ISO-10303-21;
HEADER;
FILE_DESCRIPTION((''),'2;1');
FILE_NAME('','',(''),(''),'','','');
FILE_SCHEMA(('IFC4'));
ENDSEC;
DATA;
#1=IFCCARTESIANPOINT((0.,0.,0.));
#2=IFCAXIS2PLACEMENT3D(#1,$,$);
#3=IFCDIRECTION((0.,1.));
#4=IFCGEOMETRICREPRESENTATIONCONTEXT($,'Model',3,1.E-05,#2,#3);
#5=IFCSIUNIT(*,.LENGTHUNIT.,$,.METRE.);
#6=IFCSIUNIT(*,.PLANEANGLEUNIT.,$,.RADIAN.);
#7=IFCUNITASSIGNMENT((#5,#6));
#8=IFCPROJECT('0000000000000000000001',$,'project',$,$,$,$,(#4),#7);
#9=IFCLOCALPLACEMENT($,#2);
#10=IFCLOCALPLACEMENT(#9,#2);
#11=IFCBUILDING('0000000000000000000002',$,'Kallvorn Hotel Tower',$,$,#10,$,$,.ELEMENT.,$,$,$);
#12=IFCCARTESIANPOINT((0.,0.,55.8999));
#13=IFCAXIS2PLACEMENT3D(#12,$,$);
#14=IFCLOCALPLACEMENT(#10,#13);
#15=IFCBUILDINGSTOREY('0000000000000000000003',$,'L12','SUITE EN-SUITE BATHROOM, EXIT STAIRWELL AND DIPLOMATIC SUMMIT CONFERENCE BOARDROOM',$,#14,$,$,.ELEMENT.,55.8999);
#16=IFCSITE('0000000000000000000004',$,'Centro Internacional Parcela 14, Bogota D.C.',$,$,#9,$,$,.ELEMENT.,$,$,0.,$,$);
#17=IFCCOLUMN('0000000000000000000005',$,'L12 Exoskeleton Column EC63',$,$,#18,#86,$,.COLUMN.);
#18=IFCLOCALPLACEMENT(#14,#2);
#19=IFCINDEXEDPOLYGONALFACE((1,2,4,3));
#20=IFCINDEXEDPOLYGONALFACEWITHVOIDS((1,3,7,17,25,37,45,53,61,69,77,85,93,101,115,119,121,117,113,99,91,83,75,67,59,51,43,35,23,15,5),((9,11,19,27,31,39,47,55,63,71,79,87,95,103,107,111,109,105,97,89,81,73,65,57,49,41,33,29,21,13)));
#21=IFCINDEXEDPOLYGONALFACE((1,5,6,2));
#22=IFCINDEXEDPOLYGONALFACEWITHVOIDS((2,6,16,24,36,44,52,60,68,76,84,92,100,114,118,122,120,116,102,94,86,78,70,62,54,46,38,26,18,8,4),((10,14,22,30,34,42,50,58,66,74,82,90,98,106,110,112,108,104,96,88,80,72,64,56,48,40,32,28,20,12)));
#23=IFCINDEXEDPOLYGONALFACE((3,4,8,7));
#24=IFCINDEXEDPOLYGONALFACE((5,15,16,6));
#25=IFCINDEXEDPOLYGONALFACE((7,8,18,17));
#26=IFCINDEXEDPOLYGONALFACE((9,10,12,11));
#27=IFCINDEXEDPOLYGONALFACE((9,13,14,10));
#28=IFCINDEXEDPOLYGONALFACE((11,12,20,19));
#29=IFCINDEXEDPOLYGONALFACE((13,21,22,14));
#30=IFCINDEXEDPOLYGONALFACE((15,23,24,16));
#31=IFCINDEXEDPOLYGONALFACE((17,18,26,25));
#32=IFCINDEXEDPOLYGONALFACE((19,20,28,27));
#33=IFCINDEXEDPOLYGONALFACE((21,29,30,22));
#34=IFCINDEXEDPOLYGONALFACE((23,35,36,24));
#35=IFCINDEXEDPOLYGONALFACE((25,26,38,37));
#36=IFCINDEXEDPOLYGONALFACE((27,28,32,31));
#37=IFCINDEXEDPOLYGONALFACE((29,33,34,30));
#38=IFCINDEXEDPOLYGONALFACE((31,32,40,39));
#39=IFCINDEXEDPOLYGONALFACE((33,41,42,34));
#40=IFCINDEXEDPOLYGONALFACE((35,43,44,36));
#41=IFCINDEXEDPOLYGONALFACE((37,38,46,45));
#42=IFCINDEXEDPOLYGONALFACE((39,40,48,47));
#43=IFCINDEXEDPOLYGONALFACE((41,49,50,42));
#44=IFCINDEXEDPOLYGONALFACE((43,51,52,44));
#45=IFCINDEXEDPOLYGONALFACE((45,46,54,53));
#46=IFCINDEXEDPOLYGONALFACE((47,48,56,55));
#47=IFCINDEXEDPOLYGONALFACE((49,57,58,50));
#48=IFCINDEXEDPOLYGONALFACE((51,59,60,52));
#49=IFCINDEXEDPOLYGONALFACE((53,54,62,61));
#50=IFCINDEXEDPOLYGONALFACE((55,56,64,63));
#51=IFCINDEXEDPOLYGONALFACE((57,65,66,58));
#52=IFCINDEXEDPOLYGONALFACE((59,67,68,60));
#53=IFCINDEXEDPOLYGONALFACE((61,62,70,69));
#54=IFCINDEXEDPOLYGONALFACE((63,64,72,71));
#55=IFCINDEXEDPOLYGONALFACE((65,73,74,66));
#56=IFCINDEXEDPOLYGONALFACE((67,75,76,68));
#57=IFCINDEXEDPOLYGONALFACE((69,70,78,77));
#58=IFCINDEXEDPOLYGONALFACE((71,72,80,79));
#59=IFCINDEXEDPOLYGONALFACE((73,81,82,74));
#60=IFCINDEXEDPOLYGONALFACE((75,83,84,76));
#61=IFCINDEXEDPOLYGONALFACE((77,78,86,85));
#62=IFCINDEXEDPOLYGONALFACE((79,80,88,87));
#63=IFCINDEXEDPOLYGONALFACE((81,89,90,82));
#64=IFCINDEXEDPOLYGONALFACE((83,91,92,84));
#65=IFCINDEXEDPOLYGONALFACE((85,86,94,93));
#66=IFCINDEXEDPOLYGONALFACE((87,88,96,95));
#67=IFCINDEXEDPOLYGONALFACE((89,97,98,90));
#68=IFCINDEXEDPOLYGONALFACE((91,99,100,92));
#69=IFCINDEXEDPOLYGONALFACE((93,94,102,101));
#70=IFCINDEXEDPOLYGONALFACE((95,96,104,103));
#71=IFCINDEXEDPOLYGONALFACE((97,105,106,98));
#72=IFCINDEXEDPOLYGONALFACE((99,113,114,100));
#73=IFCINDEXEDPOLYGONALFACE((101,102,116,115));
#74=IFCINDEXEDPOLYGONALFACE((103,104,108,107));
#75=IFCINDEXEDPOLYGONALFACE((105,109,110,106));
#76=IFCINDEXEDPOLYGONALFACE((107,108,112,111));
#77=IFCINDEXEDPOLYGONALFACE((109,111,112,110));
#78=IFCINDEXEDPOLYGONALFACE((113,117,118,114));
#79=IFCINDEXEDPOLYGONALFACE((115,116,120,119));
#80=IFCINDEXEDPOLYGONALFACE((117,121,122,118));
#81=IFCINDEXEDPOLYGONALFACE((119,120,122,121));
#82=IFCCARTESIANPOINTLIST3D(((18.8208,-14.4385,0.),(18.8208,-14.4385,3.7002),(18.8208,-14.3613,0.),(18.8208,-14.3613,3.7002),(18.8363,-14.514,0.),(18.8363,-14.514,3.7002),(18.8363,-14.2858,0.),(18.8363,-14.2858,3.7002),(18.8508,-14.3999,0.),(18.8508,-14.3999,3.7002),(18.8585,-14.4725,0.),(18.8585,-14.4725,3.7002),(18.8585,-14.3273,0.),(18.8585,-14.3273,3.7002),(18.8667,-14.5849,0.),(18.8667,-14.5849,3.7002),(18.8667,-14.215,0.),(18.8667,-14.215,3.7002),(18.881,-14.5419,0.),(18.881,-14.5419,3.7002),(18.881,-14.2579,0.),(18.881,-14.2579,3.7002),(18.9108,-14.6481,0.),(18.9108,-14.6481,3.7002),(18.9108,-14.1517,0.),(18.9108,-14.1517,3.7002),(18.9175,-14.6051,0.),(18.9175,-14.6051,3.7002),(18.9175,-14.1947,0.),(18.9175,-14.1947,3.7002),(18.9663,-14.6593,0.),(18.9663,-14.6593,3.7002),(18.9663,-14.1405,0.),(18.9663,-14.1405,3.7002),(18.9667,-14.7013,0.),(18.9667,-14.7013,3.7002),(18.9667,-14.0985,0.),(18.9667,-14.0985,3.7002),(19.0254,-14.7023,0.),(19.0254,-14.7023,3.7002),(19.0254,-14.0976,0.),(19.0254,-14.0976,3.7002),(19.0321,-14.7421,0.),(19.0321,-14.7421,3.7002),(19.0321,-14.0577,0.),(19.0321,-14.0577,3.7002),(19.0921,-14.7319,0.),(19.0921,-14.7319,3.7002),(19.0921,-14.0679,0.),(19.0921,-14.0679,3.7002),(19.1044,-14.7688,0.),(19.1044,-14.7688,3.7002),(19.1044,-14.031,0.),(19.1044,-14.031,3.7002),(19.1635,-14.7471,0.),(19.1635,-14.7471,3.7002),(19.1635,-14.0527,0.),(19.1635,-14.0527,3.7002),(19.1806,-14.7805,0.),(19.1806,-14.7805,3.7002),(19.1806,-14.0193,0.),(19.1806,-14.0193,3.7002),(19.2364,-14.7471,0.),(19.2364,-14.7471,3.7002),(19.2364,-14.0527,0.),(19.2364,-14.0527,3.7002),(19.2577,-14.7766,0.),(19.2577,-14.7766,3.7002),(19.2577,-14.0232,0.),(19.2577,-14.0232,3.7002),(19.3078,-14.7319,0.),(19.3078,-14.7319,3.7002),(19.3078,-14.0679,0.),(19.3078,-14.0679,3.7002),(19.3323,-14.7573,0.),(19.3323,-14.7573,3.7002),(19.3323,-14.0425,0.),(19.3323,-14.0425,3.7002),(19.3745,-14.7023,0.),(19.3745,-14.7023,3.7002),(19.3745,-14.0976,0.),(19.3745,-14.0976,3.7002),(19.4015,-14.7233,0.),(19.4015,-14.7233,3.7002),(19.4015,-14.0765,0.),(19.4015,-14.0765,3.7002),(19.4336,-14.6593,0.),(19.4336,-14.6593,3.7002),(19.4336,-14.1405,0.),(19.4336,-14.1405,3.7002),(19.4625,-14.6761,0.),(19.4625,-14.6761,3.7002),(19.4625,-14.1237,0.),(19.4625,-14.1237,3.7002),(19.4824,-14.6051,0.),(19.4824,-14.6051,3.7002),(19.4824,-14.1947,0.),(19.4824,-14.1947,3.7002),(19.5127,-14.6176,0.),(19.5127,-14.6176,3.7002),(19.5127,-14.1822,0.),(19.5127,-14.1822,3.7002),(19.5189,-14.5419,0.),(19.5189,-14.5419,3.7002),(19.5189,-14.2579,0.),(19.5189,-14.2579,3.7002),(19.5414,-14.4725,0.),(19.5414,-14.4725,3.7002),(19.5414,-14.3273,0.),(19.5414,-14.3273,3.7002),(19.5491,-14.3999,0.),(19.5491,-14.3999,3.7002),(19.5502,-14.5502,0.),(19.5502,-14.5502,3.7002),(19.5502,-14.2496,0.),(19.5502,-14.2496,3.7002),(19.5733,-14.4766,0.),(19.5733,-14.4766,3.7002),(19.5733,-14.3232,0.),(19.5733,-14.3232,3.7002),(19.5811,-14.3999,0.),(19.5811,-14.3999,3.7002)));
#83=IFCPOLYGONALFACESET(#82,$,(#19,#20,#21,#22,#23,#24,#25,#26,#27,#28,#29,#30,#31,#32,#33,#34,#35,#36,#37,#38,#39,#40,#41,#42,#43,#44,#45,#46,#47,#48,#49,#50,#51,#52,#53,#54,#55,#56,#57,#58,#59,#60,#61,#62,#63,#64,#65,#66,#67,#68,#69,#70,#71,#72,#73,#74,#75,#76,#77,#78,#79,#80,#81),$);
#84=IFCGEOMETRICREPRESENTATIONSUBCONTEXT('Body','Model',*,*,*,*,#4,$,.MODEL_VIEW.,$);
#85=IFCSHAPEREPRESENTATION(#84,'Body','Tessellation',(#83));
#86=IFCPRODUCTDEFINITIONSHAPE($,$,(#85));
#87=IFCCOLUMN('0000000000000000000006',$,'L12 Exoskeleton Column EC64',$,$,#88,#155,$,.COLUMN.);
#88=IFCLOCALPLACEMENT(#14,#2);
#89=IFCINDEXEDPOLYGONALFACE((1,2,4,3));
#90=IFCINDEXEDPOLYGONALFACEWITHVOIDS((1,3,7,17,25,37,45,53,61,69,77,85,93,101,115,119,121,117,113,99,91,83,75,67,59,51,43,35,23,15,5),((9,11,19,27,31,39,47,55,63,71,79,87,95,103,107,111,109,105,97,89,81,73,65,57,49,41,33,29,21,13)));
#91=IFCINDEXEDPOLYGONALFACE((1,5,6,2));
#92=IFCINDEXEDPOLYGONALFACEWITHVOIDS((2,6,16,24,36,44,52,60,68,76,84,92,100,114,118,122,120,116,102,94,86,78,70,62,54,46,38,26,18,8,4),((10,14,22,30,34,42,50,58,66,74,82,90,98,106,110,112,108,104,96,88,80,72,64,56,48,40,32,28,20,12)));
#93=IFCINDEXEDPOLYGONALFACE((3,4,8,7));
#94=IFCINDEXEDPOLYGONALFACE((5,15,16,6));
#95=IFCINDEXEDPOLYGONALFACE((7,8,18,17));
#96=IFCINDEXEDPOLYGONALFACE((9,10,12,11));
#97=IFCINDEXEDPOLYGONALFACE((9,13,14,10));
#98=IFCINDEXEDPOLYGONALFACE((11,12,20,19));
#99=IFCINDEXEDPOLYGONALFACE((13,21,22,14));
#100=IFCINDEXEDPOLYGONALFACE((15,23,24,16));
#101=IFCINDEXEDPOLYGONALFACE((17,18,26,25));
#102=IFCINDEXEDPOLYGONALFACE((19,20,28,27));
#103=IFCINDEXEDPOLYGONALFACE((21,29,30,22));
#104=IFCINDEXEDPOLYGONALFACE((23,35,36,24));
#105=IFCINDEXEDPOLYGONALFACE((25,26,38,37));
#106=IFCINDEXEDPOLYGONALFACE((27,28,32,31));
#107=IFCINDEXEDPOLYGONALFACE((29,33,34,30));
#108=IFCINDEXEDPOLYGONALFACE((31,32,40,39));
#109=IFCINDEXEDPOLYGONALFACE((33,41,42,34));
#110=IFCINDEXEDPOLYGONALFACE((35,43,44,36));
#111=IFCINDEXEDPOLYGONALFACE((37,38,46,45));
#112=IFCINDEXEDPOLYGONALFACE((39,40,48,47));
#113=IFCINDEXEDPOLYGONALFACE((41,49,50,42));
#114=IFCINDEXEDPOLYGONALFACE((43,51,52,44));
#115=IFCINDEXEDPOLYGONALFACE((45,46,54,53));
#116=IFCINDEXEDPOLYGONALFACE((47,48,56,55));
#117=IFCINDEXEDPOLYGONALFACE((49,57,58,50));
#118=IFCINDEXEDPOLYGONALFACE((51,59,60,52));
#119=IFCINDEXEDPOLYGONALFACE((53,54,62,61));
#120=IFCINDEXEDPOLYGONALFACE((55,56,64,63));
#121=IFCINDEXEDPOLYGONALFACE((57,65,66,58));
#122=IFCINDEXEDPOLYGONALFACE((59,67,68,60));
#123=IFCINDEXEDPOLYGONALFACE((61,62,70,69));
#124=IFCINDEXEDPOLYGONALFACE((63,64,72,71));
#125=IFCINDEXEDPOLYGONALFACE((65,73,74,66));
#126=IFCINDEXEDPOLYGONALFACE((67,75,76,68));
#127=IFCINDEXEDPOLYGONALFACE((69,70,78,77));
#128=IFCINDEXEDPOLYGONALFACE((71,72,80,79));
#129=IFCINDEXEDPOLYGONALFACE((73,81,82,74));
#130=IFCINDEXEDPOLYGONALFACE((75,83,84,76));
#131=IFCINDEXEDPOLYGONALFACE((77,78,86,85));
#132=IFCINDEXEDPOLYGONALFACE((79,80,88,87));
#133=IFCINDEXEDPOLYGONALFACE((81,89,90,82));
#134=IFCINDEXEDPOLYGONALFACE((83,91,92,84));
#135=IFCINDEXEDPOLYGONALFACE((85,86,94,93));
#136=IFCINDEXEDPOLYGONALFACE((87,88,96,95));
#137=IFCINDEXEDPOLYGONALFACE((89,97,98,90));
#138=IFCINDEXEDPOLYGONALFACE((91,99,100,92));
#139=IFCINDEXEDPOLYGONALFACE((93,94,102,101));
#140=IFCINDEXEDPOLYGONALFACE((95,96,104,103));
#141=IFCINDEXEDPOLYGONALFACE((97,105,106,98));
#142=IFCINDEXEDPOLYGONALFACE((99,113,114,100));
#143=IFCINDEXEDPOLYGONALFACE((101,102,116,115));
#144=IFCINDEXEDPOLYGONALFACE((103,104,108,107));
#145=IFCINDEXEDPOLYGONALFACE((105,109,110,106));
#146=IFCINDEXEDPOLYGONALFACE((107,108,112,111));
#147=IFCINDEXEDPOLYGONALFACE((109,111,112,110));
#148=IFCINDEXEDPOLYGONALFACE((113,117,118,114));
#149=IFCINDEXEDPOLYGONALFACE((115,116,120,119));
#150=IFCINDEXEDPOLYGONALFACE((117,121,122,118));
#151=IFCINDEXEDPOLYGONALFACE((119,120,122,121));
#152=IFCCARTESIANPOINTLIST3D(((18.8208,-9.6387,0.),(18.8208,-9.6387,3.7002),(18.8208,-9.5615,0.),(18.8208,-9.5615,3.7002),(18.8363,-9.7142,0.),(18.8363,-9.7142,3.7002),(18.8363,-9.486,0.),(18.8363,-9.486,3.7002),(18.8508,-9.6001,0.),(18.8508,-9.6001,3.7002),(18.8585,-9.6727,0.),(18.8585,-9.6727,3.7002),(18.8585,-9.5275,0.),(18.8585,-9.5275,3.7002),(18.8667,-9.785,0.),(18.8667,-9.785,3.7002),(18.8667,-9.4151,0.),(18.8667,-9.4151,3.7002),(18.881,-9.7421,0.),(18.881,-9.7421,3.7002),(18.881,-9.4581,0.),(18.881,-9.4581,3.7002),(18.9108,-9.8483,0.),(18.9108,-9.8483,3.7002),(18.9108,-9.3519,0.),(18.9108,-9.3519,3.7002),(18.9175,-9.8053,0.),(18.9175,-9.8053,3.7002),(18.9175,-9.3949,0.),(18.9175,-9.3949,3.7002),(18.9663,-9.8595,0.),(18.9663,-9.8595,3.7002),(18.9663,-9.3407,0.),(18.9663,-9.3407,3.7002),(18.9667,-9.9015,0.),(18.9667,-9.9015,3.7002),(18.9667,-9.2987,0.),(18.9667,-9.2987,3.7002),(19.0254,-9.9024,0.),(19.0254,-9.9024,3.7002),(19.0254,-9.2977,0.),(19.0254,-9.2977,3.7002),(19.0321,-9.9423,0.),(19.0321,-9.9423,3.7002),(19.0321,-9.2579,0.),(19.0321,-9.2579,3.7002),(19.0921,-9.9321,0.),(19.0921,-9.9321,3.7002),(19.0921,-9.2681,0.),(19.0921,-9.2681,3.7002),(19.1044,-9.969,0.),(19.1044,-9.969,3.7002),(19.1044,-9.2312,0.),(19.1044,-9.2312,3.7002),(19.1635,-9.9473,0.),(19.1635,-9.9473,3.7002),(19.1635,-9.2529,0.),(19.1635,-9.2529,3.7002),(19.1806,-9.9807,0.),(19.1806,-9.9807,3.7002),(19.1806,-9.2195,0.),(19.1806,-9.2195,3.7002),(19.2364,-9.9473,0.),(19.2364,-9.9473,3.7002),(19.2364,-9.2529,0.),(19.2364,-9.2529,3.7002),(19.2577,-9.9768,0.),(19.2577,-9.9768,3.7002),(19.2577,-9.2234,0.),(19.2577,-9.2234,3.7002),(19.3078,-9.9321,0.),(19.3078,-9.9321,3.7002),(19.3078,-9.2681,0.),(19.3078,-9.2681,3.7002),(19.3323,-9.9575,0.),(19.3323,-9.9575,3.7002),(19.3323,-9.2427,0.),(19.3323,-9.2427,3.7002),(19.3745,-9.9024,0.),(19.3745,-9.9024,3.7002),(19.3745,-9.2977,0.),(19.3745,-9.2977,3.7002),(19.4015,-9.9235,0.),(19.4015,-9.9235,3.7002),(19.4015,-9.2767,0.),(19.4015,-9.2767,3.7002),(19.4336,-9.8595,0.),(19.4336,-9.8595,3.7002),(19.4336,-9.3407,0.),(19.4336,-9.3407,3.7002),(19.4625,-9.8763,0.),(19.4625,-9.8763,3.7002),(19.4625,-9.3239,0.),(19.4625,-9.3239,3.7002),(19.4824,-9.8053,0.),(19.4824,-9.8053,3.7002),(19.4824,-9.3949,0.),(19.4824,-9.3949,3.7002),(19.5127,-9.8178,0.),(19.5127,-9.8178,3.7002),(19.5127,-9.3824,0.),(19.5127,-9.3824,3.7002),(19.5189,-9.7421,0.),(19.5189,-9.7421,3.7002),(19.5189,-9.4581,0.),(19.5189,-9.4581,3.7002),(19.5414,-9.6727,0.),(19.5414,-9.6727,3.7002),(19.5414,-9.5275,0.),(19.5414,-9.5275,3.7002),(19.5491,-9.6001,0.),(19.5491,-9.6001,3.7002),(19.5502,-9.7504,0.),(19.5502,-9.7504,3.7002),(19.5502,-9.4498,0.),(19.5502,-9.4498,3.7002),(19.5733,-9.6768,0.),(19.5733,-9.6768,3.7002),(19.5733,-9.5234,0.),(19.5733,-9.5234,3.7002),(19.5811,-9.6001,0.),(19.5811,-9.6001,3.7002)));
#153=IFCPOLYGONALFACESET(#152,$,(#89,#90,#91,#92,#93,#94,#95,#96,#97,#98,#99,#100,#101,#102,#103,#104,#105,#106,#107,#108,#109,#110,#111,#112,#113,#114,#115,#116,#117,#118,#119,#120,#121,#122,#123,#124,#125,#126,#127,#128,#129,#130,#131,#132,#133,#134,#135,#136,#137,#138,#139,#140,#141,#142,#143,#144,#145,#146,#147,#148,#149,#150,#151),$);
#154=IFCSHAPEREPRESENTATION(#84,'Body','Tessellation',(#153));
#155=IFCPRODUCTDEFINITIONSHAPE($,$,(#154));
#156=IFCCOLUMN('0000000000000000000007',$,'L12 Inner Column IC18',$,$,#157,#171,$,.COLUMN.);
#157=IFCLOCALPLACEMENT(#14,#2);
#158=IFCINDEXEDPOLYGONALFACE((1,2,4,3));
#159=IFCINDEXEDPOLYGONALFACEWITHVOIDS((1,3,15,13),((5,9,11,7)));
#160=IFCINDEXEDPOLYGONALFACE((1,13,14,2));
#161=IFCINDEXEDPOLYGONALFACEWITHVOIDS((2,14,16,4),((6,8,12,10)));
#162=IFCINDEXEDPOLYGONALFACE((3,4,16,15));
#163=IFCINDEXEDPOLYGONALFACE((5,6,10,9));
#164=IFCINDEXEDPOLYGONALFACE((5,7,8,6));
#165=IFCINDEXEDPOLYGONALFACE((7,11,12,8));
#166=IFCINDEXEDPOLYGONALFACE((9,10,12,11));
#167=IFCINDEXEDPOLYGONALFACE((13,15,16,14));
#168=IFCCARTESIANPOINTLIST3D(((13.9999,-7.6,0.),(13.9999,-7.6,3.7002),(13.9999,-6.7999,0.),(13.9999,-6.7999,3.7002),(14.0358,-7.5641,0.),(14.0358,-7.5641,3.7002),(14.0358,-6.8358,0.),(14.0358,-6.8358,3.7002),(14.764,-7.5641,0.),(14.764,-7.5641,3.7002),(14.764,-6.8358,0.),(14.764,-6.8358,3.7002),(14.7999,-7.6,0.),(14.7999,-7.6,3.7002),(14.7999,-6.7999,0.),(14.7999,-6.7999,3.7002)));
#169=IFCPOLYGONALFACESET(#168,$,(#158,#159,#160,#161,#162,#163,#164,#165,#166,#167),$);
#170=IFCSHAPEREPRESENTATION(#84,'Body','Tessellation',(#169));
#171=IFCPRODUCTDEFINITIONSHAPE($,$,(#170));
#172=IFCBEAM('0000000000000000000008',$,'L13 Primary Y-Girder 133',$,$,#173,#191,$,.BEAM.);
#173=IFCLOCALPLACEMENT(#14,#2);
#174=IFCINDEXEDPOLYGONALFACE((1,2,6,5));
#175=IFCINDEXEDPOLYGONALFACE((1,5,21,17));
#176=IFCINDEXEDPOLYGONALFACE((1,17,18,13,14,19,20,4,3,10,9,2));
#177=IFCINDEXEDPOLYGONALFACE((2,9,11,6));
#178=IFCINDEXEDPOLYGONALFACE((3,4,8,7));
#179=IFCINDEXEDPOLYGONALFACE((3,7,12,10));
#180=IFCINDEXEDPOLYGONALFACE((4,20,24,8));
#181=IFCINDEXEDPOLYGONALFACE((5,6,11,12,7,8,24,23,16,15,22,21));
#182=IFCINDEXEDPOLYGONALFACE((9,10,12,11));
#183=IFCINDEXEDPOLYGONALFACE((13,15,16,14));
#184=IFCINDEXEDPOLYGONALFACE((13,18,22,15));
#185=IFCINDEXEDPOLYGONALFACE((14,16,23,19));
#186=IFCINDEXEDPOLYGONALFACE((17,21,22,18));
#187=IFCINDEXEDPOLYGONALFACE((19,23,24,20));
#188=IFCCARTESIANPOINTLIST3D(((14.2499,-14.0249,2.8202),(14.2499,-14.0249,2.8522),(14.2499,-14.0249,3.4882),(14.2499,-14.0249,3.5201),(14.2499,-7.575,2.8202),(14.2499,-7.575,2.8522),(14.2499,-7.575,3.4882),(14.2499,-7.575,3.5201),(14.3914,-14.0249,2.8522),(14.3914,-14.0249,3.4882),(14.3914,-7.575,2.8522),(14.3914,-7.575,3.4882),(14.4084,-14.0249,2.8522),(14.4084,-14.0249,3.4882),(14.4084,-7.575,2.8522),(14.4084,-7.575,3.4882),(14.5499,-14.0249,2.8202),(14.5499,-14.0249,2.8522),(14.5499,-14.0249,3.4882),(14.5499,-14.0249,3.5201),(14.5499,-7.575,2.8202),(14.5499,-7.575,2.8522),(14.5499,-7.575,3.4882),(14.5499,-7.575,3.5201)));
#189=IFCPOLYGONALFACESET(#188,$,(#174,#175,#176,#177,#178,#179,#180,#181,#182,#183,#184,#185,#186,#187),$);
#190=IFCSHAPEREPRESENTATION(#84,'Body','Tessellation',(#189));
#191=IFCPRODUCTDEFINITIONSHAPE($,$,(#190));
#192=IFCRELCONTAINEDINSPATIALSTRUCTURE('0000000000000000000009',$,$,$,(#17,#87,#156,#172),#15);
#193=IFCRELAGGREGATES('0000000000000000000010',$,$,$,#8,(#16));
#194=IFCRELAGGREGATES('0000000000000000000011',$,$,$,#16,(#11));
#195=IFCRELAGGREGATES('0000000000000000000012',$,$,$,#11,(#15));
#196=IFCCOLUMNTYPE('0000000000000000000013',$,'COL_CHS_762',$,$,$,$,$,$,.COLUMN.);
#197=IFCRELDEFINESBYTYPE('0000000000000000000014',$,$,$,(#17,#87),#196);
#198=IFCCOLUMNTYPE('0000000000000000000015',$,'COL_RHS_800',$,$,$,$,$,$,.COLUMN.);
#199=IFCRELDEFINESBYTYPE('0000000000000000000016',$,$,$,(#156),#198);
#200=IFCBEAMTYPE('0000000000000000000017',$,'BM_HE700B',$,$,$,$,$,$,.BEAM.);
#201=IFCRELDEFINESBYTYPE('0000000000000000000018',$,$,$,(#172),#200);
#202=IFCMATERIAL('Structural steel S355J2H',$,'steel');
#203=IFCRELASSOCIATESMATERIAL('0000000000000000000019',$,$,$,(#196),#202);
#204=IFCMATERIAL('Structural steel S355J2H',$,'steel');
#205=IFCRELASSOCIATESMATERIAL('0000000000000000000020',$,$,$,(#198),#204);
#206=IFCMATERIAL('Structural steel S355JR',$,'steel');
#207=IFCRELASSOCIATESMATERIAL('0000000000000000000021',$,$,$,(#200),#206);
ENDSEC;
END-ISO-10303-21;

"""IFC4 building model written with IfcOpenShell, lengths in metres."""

from ifc_helpers import new_model, si_unit, direction, frame, origin, origin_2d, place, context, subcontext, project, spatial, hollow_rectangle, hollow_circle, i_section, extrude, material, material_profile, profile_set, type_object, element, save


model = new_model("IFC4")

# Units and contexts
model_context = context("Model", 3, precision=1e-05, world=origin(), true_north=direction((0.0, 1.0)))
body_context = subcontext(model_context, "Body", "Model", "MODEL_VIEW")
ifc_project = project(units=[si_unit("LENGTHUNIT", "METRE"), si_unit("PLANEANGLEUNIT", "RADIAN")], contexts=[model_context])

# Site, building, storey
site_placement = place(None, origin())
site = spatial("IfcSite", under=ifc_project, at=site_placement, Name="Centro Internacional Parcela 14, Bogota D.C.", CompositionType="ELEMENT", RefElevation=0.0)
building_placement = place(site_placement, origin())
building = spatial("IfcBuilding", under=site, at=building_placement, Name="Kallvorn Hotel Tower", CompositionType="ELEMENT")
storey_placement = place(building_placement, frame((0.0, 0.0, 55.8999)))
storey = spatial("IfcBuildingStorey", under=building, at=storey_placement, Name="L12", Description="SUITE EN-SUITE BATHROOM, EXIT STAIRWELL AND DIPLOMATIC SUMMIT CONFERENCE BOARDROOM", CompositionType="ELEMENT", Elevation=55.8999)

# Columns
ifc_material_1 = material(Name="Structural steel S355J2H", Category="steel")
ifc_material_profile_1 = material_profile(ifc_material_1, hollow_circle(Radius=0.3811, WallThickness=0.032, at=origin_2d()), Name="CHS 762x32")
ifc_profile_set_1 = profile_set([ifc_material_profile_1], Name="Structural steel S355J2H")
column_type_1 = type_object("IfcColumnType", Name="COL_CHS_762", PredefinedType="COLUMN", material=ifc_profile_set_1)
for number, where, z_axis, x_axis, name in (
    (1, (19.2, -14.3999, 0.0), (0.0, 0.0, 1.0), (1.0, 0.0, 0.0), "L12 Exoskeleton Column EC63"),
    (2, (19.2, -9.6001, 0.0), (0.0, 0.0, 1.0), (1.0, 0.0, 0.0), "L12 Exoskeleton Column EC64"),
):
    element("IfcColumn", number, at=place(storey_placement, frame(where, z_axis=z_axis, x_axis=x_axis)), inside=storey, type_object=column_type_1, Name=name, PredefinedType="COLUMN", context=body_context, shape_type="SweptSolid", body=[
        extrude(hollow_circle(Radius=0.3811, WallThickness=0.032, at=origin_2d()), origin(), (0.0, 0.0, 1.0), 3.7002),
    ])
ifc_material_2 = material(Name="Structural steel S355J2H", Category="steel")
ifc_material_profile_2 = material_profile(ifc_material_2, hollow_rectangle(XDim=0.8, YDim=0.8, WallThickness=0.0359, at=origin_2d()), Name="RHS 800x800x36")
ifc_profile_set_2 = profile_set([ifc_material_profile_2], Name="Structural steel S355J2H")
column_type_2 = type_object("IfcColumnType", Name="COL_RHS_800", PredefinedType="COLUMN", material=ifc_profile_set_2)
column_placement = place(storey_placement, frame((14.3999, -7.2, 0.0), z_axis=(0.0, 0.0, 1.0), x_axis=(1.0, 0.0, 0.0)))
element("IfcColumn", 3, at=column_placement, inside=storey, type_object=column_type_2, Name="L12 Inner Column IC18", PredefinedType="COLUMN", context=body_context, shape_type="SweptSolid", body=[
    extrude(hollow_rectangle(XDim=0.8, YDim=0.8, WallThickness=0.0359, at=origin_2d()), origin(), (0.0, 0.0, 1.0), 3.7002),
])

# Beam
ifc_material_3 = material(Name="Structural steel S355JR", Category="steel")
ifc_material_profile_3 = material_profile(ifc_material_3, i_section(OverallWidth=0.3, OverallDepth=0.7, WebThickness=0.0171, FlangeThickness=0.032, at=origin_2d()), Name="HE 700 B")
ifc_profile_set_3 = profile_set([ifc_material_profile_3], Name="Structural steel S355JR")
beam_type_1 = type_object("IfcBeamType", Name="BM_HE700B", PredefinedType="BEAM", material=ifc_profile_set_3)
beam_1_placement = place(storey_placement, frame((14.3999, -14.0249, 3.1702), z_axis=(0.0, 1.0, 0.0), x_axis=(-1.0, 0.0, 0.0)))
element("IfcBeam", 4, at=beam_1_placement, inside=storey, type_object=beam_type_1, Name="L13 Primary Y-Girder 133", PredefinedType="BEAM", context=body_context, shape_type="SweptSolid", body=[
    extrude(i_section(OverallWidth=0.3, OverallDepth=0.7, WebThickness=0.0171, FlangeThickness=0.032, at=origin_2d()), origin(), (0.0, 0.0, 1.0), 6.45),
])

save(model, "model.ifc")
